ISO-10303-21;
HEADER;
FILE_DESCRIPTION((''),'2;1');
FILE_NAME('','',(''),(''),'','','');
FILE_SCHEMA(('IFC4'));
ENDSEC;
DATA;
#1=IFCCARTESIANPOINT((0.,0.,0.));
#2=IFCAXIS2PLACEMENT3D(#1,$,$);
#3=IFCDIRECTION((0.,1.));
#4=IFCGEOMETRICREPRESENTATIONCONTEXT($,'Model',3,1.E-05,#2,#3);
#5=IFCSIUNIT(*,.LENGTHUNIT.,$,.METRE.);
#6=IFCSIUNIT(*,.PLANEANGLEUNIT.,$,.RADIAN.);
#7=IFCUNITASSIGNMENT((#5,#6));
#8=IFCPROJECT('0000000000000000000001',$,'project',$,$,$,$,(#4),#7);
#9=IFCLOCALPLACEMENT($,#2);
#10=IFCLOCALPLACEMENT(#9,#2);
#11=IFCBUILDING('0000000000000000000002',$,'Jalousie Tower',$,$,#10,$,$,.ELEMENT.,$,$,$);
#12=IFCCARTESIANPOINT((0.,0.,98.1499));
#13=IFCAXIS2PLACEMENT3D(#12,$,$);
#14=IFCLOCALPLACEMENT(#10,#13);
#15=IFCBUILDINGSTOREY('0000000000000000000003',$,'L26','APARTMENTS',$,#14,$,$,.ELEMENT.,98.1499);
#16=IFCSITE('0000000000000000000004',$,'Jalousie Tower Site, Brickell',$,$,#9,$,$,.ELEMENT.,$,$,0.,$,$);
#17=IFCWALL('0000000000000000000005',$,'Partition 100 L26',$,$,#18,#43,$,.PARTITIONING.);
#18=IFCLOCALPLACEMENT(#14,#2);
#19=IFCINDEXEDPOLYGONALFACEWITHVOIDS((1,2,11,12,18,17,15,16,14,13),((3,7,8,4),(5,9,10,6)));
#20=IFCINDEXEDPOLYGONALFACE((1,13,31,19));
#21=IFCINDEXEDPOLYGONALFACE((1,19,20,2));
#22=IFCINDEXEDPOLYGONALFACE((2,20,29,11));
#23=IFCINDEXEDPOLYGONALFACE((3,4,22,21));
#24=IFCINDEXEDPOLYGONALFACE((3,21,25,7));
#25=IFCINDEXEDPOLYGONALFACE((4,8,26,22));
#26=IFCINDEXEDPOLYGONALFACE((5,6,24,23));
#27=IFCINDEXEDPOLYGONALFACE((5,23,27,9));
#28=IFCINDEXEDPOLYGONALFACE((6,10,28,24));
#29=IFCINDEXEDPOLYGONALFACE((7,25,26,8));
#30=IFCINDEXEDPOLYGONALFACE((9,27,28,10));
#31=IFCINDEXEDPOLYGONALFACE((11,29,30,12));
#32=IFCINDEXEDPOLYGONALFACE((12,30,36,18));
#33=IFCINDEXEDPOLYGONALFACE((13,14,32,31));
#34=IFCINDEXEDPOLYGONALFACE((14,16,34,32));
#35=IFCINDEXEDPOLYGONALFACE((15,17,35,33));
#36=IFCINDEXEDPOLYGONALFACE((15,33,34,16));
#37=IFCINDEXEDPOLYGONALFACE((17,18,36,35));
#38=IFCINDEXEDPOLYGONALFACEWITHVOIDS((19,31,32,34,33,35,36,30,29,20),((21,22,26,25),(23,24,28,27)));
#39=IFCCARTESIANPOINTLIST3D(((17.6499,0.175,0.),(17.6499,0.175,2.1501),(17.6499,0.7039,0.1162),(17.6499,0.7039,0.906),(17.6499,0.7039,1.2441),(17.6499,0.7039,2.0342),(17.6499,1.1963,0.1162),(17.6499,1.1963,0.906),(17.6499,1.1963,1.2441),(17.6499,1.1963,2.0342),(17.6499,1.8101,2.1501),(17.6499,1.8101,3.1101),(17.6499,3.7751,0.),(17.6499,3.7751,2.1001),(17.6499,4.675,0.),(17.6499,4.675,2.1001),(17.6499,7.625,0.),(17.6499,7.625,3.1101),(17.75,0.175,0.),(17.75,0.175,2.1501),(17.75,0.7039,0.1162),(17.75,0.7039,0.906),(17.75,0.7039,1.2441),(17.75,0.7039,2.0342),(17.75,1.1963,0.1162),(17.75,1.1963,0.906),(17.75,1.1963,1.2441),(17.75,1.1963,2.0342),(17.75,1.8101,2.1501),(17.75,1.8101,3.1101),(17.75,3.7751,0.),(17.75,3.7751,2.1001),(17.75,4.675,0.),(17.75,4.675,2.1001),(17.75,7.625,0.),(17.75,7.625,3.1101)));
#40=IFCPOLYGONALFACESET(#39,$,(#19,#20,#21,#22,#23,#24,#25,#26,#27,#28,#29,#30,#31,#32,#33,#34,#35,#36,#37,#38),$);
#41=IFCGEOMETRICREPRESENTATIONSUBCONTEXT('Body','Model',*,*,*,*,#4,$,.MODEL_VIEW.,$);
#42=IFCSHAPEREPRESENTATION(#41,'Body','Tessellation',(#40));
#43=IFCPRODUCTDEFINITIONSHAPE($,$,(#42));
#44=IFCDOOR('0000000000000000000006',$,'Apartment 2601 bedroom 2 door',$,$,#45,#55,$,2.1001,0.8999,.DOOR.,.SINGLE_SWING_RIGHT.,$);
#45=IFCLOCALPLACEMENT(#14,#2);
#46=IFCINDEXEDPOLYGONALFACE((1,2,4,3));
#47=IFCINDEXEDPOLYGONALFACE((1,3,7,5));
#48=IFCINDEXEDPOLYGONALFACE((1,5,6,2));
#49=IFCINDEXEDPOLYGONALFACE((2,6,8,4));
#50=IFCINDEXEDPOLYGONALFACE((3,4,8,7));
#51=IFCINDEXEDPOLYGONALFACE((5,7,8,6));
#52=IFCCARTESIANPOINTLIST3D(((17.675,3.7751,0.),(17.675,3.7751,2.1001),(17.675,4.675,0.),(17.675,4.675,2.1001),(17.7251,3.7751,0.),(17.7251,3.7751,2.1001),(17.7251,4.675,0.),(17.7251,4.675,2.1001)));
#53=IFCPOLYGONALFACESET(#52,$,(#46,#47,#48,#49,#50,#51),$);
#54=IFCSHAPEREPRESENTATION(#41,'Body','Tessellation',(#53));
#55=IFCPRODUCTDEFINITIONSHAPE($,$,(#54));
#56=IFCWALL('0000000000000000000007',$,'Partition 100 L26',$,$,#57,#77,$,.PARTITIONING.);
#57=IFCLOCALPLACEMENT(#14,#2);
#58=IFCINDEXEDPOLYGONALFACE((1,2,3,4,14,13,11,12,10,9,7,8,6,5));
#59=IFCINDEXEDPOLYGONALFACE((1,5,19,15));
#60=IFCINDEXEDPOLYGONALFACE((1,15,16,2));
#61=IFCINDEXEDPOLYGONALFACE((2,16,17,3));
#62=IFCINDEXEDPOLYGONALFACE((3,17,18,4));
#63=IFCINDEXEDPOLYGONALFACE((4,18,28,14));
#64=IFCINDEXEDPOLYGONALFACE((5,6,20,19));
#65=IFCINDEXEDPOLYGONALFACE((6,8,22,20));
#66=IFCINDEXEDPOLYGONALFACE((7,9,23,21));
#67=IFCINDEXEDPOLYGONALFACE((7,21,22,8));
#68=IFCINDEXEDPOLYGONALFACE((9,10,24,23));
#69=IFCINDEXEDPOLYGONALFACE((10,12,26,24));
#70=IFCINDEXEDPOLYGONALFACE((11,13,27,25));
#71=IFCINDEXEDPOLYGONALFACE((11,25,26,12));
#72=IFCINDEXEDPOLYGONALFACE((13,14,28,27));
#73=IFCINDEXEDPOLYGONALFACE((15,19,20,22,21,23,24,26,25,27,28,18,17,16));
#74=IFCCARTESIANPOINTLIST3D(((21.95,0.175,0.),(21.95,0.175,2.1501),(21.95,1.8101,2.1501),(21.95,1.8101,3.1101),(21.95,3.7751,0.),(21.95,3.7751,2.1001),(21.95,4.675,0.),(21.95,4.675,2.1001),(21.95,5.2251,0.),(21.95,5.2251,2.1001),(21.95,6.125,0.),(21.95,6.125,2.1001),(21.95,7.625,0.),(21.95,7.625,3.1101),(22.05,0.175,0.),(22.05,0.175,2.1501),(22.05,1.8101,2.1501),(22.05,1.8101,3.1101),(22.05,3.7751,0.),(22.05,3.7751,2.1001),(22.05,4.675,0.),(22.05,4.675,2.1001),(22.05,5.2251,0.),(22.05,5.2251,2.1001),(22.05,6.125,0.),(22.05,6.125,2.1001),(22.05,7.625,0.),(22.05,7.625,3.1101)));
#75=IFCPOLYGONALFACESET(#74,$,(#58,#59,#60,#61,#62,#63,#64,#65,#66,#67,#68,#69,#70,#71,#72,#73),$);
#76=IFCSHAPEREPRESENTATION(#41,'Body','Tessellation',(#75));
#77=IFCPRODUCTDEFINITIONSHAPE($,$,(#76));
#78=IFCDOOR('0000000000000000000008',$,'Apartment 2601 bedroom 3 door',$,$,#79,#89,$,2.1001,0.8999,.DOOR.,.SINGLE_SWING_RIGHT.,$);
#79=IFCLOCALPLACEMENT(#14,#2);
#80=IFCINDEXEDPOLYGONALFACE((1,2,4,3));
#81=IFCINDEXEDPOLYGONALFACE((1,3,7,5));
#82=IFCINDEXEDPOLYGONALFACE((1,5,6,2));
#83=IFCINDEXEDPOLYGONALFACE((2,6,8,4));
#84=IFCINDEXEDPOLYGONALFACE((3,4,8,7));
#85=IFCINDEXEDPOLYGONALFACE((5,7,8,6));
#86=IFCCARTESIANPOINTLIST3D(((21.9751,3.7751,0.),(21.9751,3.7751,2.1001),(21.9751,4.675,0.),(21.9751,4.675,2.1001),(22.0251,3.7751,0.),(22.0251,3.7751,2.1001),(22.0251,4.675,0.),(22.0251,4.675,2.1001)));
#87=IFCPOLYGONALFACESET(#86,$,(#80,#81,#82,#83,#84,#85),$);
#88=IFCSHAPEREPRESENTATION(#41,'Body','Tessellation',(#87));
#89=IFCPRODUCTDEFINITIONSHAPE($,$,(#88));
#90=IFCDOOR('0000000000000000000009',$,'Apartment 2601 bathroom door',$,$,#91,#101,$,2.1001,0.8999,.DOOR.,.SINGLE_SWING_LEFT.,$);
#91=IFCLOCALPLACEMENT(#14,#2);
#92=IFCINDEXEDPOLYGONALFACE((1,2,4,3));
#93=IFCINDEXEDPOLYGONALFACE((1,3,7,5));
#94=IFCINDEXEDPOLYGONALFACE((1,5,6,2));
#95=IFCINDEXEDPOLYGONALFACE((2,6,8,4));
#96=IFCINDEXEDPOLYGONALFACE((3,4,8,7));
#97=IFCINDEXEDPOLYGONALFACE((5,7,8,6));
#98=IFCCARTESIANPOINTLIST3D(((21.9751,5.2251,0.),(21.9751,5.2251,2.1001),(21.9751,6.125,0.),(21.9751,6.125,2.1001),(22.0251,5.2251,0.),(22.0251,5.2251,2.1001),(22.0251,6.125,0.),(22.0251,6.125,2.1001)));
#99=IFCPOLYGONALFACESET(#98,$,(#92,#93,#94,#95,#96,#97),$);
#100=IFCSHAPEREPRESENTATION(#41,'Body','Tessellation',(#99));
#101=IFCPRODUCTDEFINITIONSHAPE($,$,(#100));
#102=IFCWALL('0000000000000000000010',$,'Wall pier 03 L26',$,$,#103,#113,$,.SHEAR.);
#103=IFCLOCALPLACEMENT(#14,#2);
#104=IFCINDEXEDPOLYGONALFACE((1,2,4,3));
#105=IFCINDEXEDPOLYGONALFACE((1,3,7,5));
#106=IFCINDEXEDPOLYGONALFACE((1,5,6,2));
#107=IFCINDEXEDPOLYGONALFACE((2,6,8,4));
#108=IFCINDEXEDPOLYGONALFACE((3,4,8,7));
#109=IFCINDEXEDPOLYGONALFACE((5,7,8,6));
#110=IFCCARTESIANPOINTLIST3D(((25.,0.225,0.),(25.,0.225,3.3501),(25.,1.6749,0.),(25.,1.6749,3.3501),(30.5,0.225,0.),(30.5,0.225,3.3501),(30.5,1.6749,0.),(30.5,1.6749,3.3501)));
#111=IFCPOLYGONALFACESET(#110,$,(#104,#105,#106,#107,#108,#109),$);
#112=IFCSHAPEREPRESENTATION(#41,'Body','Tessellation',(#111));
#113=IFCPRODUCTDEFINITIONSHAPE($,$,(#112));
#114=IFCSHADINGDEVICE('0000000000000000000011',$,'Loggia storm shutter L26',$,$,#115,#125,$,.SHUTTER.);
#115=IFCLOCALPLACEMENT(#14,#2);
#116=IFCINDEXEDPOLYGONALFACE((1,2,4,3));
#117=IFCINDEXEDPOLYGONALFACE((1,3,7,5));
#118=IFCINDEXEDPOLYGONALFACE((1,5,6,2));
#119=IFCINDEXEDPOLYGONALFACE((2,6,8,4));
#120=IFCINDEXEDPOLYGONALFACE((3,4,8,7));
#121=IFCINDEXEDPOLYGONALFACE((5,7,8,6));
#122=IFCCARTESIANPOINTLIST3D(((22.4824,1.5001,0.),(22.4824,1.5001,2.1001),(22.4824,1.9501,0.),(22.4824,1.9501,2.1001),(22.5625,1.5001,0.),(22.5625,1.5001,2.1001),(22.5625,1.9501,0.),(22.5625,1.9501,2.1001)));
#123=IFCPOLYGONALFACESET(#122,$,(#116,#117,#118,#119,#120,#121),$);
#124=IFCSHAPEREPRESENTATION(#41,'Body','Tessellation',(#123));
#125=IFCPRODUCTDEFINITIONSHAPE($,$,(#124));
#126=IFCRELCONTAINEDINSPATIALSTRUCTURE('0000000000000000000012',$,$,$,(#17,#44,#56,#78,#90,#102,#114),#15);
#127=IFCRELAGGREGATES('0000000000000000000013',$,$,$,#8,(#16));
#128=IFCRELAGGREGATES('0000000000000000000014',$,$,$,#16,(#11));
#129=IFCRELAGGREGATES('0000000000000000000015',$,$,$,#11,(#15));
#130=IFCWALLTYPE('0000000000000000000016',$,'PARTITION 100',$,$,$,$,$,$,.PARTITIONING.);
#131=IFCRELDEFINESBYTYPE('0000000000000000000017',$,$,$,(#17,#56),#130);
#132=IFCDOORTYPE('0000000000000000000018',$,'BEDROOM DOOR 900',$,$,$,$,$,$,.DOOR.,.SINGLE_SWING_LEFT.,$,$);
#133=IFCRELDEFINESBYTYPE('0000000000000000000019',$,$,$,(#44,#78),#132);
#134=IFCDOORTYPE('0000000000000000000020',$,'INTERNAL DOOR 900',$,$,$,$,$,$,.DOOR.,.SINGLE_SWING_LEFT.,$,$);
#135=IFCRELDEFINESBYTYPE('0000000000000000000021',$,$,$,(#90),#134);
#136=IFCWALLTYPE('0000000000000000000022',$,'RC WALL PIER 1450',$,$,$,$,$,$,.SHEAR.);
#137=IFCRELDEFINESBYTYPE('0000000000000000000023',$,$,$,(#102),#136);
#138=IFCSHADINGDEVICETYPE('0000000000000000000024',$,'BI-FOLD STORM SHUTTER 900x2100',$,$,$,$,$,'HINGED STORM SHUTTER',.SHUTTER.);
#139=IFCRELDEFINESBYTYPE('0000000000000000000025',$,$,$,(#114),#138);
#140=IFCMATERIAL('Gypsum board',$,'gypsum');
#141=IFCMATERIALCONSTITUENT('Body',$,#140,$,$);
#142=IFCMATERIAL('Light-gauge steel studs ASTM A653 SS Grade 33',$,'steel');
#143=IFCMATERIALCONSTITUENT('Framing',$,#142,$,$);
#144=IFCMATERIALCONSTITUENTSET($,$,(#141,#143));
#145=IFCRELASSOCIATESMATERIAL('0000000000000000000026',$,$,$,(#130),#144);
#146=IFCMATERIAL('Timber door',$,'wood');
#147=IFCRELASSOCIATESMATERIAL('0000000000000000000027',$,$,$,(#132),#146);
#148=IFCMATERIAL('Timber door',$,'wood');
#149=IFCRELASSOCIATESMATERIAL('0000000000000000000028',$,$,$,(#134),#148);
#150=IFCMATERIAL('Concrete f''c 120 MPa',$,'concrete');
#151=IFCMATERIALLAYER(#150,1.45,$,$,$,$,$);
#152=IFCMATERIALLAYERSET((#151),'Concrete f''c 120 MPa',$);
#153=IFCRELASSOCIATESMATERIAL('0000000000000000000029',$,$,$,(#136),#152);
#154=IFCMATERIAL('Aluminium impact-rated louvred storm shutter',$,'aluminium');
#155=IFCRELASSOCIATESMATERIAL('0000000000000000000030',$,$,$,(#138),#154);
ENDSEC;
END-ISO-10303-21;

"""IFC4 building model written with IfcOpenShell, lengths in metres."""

from ifc_helpers import new_model, si_unit, direction, frame, frame_2d, origin, origin_2d, place, context, subcontext, project, spatial, polyline, rectangle, outline, extrude, material, layer, layer_set, constituent, constituent_set, type_object, element, fill, save


model = new_model("IFC4")

# Units and contexts
model_context = context("Model", 3, precision=1e-05, world=origin(), true_north=direction((0.0, 1.0)))
body_context = subcontext(model_context, "Body", "Model", "MODEL_VIEW")
ifc_project = project(units=[si_unit("LENGTHUNIT", "METRE"), si_unit("PLANEANGLEUNIT", "RADIAN")], contexts=[model_context])

# Site, building, storey
site_placement = place(None, origin())
site = spatial("IfcSite", under=ifc_project, at=site_placement, Name="Jalousie Tower Site, Brickell", CompositionType="ELEMENT", RefElevation=0.0)
building_placement = place(site_placement, origin())
building = spatial("IfcBuilding", under=site, at=building_placement, Name="Jalousie Tower", CompositionType="ELEMENT")
storey_placement = place(building_placement, frame((0.0, 0.0, 98.1499)))
storey = spatial("IfcBuildingStorey", under=building, at=storey_placement, Name="L26", Description="APARTMENTS", CompositionType="ELEMENT", Elevation=98.1499)

# Wall, opening, door
ifc_material_1 = material(Name="Gypsum board", Category="gypsum")
ifc_constituent_1 = constituent(ifc_material_1, Name="Body")
ifc_material_2 = material(Name="Light-gauge steel studs ASTM A653 SS Grade 33", Category="steel")
ifc_constituent_2 = constituent(ifc_material_2, Name="Framing")
ifc_constituent_set_1 = constituent_set(constituents=[ifc_constituent_1, ifc_constituent_2])
wall_type_1 = type_object("IfcWallType", Name="PARTITION 100", PredefinedType="PARTITIONING", material=ifc_constituent_set_1)
wall_1_placement = place(storey_placement, frame((17.7, 0.175, 0.0), z_axis=(0.0, 0.0, 1.0), x_axis=(0.0, 1.0, 0.0)))
wall_1 = element("IfcWall", 1, at=wall_1_placement, inside=storey, type_object=wall_type_1, Name="Partition 100 L26", PredefinedType="PARTITIONING", context=body_context, shape_type="SweptSolid", body=[
    extrude(outline(polyline([(1.635, 2.1501), (0.0, 2.1501), (0.0, 0.0), (7.45, 0.0), (7.45, 3.1101), (1.635, 3.1101), (1.635, 2.1501)]), holes=[polyline([(1.0212, 0.1162), (0.5288, 0.1162), (0.5288, 0.906), (1.0212, 0.906), (1.0212, 0.1162)]), polyline([(1.0212, 1.2441), (0.5288, 1.2441), (0.5288, 2.0342), (1.0212, 2.0342), (1.0212, 1.2441)])]), frame((0.0, 0.05, 0.0), z_axis=(0.0, -1.0, 0.0), x_axis=(1.0, 0.0, 0.0)), (0.0, 0.0, 1.0), 0.1001),
])
opening_1_placement = place(wall_1_placement, frame((3.6001, 0.0, 0.0)))
opening_1 = element("IfcOpeningElement", 2, at=opening_1_placement, cuts=wall_1, PredefinedType="OPENING", context=body_context, shape_type="SweptSolid", body=[
    extrude(rectangle(XDim=0.8999, YDim=2.1001, at=frame_2d((0.45, 1.05))), frame((0.0, 0.0601, 0.0), z_axis=(0.0, -1.0, 0.0), x_axis=(1.0, 0.0, 0.0)), (0.0, 0.0, 1.0), 0.1201),
])
ifc_material_3 = material(Name="Timber door", Category="wood")
door_type_1 = type_object("IfcDoorType", Name="BEDROOM DOOR 900", OperationType="SINGLE_SWING_LEFT", PredefinedType="DOOR", material=ifc_material_3)
door_1_placement = place(opening_1_placement, origin())
door_1 = element("IfcDoor", 3, at=door_1_placement, inside=storey, type_object=door_type_1, Name="Apartment 2601 bedroom 2 door", OperationType="SINGLE_SWING_RIGHT", OverallHeight=2.1001, OverallWidth=0.8999, PredefinedType="DOOR", context=body_context, shape_type="SweptSolid", body=[
    extrude(rectangle(XDim=0.8999, YDim=2.1001, at=frame_2d((0.45, 1.05))), frame((0.0, 0.0249, 0.0), z_axis=(0.0, -1.0, 0.0), x_axis=(1.0, 0.0, 0.0)), (0.0, 0.0, 1.0), 0.05),
])
fill(opening_1, door_1)

# Wall, openings, doors
wall_2_placement = place(storey_placement, frame((22.0, 0.175, 0.0), z_axis=(0.0, 0.0, 1.0), x_axis=(0.0, 1.0, 0.0)))
wall_2 = element("IfcWall", 4, at=wall_2_placement, inside=storey, type_object=wall_type_1, Name="Partition 100 L26", PredefinedType="PARTITIONING", context=body_context, shape_type="SweptSolid", body=[
    extrude(outline(polyline([(0.0, 0.0), (7.45, 0.0), (7.45, 3.1101), (1.635, 3.1101), (1.635, 2.1501), (0.0, 2.1501), (0.0, 3.1101), (0.0, 0.0)])), frame((0.0, 0.05, 0.0), z_axis=(0.0, -1.0, 0.0), x_axis=(1.0, 0.0, 0.0)), (0.0, 0.0, 1.0), 0.1001),
])
opening_2_placement = place(wall_2_placement, frame((3.6001, 0.0, 0.0)))
opening_2 = element("IfcOpeningElement", 5, at=opening_2_placement, cuts=wall_2, PredefinedType="OPENING", context=body_context, shape_type="SweptSolid", body=[
    extrude(rectangle(XDim=0.8999, YDim=2.1001, at=frame_2d((0.45, 1.05))), frame((0.0, 0.0601, 0.0), z_axis=(0.0, -1.0, 0.0), x_axis=(1.0, 0.0, 0.0)), (0.0, 0.0, 1.0), 0.1201),
])
opening_3_placement = place(wall_2_placement, frame((5.05, 0.0, 0.0)))
opening_3 = element("IfcOpeningElement", 6, at=opening_3_placement, cuts=wall_2, PredefinedType="OPENING", context=body_context, shape_type="SweptSolid", body=[
    extrude(rectangle(XDim=0.8999, YDim=2.1001, at=frame_2d((0.45, 1.05))), frame((0.0, 0.0601, 0.0), z_axis=(0.0, -1.0, 0.0), x_axis=(1.0, 0.0, 0.0)), (0.0, 0.0, 1.0), 0.1201),
])
door_2_placement = place(opening_2_placement, origin())
door_2 = element("IfcDoor", 7, at=door_2_placement, inside=storey, type_object=door_type_1, Name="Apartment 2601 bedroom 3 door", OperationType="SINGLE_SWING_RIGHT", OverallHeight=2.1001, OverallWidth=0.8999, PredefinedType="DOOR", context=body_context, shape_type="SweptSolid", body=[
    extrude(rectangle(XDim=0.8999, YDim=2.1001, at=frame_2d((0.45, 1.05))), frame((0.0, 0.0249, 0.0), z_axis=(0.0, -1.0, 0.0), x_axis=(1.0, 0.0, 0.0)), (0.0, 0.0, 1.0), 0.05),
])
fill(opening_2, door_2)
ifc_material_4 = material(Name="Timber door", Category="wood")
door_type_2 = type_object("IfcDoorType", Name="INTERNAL DOOR 900", OperationType="SINGLE_SWING_LEFT", PredefinedType="DOOR", material=ifc_material_4)
door_3_placement = place(opening_3_placement, origin())
door_3 = element("IfcDoor", 8, at=door_3_placement, inside=storey, type_object=door_type_2, Name="Apartment 2601 bathroom door", OperationType="SINGLE_SWING_LEFT", OverallHeight=2.1001, OverallWidth=0.8999, PredefinedType="DOOR", context=body_context, shape_type="SweptSolid", body=[
    extrude(rectangle(XDim=0.8999, YDim=2.1001, at=frame_2d((0.45, 1.05))), frame((0.0, 0.0249, 0.0), z_axis=(0.0, -1.0, 0.0), x_axis=(1.0, 0.0, 0.0)), (0.0, 0.0, 1.0), 0.05),
])
fill(opening_3, door_3)

# Wall
ifc_material_5 = material(Name="Concrete f'c 120 MPa", Category="concrete")
ifc_layer_1 = layer(ifc_material_5, 1.45)
ifc_layer_set_1 = layer_set([ifc_layer_1], Name="Concrete f'c 120 MPa")
wall_type_2 = type_object("IfcWallType", Name="RC WALL PIER 1450", PredefinedType="SHEAR", material=ifc_layer_set_1)
wall_3_placement = place(storey_placement, frame((25.0, 0.95, 0.0), z_axis=(0.0, 0.0, 1.0), x_axis=(1.0, 0.0, 0.0)))
element("IfcWall", 9, at=wall_3_placement, inside=storey, type_object=wall_type_2, Name="Wall pier 03 L26", PredefinedType="SHEAR", context=body_context, shape_type="SweptSolid", body=[
    extrude(rectangle(XDim=5.5, YDim=1.45, at=frame_2d((2.75, 0.0))), origin(), (0.0, 0.0, 1.0), 3.3501),
])

# Shading device
ifc_material_6 = material(Name="Aluminium impact-rated louvred storm shutter", Category="aluminium")
shading_device_type_1 = type_object("IfcShadingDeviceType", Name="BI-FOLD STORM SHUTTER 900x2100", ElementType="HINGED STORM SHUTTER", PredefinedType="SHUTTER", material=ifc_material_6)
shading_device_1_placement = place(storey_placement, frame((22.5225, 1.7251, 0.0), z_axis=(0.0, 0.0, 1.0), x_axis=(0.0, 1.0, 0.0)))
element("IfcShadingDevice", 10, at=shading_device_1_placement, inside=storey, type_object=shading_device_type_1, Name="Loggia storm shutter L26", PredefinedType="SHUTTER", context=body_context, shape_type="SweptSolid", body=[
    extrude(rectangle(XDim=0.45, YDim=0.0801, at=origin_2d()), origin(), (0.0, 0.0, 1.0), 2.1001),
])

save(model, "model.ifc")
